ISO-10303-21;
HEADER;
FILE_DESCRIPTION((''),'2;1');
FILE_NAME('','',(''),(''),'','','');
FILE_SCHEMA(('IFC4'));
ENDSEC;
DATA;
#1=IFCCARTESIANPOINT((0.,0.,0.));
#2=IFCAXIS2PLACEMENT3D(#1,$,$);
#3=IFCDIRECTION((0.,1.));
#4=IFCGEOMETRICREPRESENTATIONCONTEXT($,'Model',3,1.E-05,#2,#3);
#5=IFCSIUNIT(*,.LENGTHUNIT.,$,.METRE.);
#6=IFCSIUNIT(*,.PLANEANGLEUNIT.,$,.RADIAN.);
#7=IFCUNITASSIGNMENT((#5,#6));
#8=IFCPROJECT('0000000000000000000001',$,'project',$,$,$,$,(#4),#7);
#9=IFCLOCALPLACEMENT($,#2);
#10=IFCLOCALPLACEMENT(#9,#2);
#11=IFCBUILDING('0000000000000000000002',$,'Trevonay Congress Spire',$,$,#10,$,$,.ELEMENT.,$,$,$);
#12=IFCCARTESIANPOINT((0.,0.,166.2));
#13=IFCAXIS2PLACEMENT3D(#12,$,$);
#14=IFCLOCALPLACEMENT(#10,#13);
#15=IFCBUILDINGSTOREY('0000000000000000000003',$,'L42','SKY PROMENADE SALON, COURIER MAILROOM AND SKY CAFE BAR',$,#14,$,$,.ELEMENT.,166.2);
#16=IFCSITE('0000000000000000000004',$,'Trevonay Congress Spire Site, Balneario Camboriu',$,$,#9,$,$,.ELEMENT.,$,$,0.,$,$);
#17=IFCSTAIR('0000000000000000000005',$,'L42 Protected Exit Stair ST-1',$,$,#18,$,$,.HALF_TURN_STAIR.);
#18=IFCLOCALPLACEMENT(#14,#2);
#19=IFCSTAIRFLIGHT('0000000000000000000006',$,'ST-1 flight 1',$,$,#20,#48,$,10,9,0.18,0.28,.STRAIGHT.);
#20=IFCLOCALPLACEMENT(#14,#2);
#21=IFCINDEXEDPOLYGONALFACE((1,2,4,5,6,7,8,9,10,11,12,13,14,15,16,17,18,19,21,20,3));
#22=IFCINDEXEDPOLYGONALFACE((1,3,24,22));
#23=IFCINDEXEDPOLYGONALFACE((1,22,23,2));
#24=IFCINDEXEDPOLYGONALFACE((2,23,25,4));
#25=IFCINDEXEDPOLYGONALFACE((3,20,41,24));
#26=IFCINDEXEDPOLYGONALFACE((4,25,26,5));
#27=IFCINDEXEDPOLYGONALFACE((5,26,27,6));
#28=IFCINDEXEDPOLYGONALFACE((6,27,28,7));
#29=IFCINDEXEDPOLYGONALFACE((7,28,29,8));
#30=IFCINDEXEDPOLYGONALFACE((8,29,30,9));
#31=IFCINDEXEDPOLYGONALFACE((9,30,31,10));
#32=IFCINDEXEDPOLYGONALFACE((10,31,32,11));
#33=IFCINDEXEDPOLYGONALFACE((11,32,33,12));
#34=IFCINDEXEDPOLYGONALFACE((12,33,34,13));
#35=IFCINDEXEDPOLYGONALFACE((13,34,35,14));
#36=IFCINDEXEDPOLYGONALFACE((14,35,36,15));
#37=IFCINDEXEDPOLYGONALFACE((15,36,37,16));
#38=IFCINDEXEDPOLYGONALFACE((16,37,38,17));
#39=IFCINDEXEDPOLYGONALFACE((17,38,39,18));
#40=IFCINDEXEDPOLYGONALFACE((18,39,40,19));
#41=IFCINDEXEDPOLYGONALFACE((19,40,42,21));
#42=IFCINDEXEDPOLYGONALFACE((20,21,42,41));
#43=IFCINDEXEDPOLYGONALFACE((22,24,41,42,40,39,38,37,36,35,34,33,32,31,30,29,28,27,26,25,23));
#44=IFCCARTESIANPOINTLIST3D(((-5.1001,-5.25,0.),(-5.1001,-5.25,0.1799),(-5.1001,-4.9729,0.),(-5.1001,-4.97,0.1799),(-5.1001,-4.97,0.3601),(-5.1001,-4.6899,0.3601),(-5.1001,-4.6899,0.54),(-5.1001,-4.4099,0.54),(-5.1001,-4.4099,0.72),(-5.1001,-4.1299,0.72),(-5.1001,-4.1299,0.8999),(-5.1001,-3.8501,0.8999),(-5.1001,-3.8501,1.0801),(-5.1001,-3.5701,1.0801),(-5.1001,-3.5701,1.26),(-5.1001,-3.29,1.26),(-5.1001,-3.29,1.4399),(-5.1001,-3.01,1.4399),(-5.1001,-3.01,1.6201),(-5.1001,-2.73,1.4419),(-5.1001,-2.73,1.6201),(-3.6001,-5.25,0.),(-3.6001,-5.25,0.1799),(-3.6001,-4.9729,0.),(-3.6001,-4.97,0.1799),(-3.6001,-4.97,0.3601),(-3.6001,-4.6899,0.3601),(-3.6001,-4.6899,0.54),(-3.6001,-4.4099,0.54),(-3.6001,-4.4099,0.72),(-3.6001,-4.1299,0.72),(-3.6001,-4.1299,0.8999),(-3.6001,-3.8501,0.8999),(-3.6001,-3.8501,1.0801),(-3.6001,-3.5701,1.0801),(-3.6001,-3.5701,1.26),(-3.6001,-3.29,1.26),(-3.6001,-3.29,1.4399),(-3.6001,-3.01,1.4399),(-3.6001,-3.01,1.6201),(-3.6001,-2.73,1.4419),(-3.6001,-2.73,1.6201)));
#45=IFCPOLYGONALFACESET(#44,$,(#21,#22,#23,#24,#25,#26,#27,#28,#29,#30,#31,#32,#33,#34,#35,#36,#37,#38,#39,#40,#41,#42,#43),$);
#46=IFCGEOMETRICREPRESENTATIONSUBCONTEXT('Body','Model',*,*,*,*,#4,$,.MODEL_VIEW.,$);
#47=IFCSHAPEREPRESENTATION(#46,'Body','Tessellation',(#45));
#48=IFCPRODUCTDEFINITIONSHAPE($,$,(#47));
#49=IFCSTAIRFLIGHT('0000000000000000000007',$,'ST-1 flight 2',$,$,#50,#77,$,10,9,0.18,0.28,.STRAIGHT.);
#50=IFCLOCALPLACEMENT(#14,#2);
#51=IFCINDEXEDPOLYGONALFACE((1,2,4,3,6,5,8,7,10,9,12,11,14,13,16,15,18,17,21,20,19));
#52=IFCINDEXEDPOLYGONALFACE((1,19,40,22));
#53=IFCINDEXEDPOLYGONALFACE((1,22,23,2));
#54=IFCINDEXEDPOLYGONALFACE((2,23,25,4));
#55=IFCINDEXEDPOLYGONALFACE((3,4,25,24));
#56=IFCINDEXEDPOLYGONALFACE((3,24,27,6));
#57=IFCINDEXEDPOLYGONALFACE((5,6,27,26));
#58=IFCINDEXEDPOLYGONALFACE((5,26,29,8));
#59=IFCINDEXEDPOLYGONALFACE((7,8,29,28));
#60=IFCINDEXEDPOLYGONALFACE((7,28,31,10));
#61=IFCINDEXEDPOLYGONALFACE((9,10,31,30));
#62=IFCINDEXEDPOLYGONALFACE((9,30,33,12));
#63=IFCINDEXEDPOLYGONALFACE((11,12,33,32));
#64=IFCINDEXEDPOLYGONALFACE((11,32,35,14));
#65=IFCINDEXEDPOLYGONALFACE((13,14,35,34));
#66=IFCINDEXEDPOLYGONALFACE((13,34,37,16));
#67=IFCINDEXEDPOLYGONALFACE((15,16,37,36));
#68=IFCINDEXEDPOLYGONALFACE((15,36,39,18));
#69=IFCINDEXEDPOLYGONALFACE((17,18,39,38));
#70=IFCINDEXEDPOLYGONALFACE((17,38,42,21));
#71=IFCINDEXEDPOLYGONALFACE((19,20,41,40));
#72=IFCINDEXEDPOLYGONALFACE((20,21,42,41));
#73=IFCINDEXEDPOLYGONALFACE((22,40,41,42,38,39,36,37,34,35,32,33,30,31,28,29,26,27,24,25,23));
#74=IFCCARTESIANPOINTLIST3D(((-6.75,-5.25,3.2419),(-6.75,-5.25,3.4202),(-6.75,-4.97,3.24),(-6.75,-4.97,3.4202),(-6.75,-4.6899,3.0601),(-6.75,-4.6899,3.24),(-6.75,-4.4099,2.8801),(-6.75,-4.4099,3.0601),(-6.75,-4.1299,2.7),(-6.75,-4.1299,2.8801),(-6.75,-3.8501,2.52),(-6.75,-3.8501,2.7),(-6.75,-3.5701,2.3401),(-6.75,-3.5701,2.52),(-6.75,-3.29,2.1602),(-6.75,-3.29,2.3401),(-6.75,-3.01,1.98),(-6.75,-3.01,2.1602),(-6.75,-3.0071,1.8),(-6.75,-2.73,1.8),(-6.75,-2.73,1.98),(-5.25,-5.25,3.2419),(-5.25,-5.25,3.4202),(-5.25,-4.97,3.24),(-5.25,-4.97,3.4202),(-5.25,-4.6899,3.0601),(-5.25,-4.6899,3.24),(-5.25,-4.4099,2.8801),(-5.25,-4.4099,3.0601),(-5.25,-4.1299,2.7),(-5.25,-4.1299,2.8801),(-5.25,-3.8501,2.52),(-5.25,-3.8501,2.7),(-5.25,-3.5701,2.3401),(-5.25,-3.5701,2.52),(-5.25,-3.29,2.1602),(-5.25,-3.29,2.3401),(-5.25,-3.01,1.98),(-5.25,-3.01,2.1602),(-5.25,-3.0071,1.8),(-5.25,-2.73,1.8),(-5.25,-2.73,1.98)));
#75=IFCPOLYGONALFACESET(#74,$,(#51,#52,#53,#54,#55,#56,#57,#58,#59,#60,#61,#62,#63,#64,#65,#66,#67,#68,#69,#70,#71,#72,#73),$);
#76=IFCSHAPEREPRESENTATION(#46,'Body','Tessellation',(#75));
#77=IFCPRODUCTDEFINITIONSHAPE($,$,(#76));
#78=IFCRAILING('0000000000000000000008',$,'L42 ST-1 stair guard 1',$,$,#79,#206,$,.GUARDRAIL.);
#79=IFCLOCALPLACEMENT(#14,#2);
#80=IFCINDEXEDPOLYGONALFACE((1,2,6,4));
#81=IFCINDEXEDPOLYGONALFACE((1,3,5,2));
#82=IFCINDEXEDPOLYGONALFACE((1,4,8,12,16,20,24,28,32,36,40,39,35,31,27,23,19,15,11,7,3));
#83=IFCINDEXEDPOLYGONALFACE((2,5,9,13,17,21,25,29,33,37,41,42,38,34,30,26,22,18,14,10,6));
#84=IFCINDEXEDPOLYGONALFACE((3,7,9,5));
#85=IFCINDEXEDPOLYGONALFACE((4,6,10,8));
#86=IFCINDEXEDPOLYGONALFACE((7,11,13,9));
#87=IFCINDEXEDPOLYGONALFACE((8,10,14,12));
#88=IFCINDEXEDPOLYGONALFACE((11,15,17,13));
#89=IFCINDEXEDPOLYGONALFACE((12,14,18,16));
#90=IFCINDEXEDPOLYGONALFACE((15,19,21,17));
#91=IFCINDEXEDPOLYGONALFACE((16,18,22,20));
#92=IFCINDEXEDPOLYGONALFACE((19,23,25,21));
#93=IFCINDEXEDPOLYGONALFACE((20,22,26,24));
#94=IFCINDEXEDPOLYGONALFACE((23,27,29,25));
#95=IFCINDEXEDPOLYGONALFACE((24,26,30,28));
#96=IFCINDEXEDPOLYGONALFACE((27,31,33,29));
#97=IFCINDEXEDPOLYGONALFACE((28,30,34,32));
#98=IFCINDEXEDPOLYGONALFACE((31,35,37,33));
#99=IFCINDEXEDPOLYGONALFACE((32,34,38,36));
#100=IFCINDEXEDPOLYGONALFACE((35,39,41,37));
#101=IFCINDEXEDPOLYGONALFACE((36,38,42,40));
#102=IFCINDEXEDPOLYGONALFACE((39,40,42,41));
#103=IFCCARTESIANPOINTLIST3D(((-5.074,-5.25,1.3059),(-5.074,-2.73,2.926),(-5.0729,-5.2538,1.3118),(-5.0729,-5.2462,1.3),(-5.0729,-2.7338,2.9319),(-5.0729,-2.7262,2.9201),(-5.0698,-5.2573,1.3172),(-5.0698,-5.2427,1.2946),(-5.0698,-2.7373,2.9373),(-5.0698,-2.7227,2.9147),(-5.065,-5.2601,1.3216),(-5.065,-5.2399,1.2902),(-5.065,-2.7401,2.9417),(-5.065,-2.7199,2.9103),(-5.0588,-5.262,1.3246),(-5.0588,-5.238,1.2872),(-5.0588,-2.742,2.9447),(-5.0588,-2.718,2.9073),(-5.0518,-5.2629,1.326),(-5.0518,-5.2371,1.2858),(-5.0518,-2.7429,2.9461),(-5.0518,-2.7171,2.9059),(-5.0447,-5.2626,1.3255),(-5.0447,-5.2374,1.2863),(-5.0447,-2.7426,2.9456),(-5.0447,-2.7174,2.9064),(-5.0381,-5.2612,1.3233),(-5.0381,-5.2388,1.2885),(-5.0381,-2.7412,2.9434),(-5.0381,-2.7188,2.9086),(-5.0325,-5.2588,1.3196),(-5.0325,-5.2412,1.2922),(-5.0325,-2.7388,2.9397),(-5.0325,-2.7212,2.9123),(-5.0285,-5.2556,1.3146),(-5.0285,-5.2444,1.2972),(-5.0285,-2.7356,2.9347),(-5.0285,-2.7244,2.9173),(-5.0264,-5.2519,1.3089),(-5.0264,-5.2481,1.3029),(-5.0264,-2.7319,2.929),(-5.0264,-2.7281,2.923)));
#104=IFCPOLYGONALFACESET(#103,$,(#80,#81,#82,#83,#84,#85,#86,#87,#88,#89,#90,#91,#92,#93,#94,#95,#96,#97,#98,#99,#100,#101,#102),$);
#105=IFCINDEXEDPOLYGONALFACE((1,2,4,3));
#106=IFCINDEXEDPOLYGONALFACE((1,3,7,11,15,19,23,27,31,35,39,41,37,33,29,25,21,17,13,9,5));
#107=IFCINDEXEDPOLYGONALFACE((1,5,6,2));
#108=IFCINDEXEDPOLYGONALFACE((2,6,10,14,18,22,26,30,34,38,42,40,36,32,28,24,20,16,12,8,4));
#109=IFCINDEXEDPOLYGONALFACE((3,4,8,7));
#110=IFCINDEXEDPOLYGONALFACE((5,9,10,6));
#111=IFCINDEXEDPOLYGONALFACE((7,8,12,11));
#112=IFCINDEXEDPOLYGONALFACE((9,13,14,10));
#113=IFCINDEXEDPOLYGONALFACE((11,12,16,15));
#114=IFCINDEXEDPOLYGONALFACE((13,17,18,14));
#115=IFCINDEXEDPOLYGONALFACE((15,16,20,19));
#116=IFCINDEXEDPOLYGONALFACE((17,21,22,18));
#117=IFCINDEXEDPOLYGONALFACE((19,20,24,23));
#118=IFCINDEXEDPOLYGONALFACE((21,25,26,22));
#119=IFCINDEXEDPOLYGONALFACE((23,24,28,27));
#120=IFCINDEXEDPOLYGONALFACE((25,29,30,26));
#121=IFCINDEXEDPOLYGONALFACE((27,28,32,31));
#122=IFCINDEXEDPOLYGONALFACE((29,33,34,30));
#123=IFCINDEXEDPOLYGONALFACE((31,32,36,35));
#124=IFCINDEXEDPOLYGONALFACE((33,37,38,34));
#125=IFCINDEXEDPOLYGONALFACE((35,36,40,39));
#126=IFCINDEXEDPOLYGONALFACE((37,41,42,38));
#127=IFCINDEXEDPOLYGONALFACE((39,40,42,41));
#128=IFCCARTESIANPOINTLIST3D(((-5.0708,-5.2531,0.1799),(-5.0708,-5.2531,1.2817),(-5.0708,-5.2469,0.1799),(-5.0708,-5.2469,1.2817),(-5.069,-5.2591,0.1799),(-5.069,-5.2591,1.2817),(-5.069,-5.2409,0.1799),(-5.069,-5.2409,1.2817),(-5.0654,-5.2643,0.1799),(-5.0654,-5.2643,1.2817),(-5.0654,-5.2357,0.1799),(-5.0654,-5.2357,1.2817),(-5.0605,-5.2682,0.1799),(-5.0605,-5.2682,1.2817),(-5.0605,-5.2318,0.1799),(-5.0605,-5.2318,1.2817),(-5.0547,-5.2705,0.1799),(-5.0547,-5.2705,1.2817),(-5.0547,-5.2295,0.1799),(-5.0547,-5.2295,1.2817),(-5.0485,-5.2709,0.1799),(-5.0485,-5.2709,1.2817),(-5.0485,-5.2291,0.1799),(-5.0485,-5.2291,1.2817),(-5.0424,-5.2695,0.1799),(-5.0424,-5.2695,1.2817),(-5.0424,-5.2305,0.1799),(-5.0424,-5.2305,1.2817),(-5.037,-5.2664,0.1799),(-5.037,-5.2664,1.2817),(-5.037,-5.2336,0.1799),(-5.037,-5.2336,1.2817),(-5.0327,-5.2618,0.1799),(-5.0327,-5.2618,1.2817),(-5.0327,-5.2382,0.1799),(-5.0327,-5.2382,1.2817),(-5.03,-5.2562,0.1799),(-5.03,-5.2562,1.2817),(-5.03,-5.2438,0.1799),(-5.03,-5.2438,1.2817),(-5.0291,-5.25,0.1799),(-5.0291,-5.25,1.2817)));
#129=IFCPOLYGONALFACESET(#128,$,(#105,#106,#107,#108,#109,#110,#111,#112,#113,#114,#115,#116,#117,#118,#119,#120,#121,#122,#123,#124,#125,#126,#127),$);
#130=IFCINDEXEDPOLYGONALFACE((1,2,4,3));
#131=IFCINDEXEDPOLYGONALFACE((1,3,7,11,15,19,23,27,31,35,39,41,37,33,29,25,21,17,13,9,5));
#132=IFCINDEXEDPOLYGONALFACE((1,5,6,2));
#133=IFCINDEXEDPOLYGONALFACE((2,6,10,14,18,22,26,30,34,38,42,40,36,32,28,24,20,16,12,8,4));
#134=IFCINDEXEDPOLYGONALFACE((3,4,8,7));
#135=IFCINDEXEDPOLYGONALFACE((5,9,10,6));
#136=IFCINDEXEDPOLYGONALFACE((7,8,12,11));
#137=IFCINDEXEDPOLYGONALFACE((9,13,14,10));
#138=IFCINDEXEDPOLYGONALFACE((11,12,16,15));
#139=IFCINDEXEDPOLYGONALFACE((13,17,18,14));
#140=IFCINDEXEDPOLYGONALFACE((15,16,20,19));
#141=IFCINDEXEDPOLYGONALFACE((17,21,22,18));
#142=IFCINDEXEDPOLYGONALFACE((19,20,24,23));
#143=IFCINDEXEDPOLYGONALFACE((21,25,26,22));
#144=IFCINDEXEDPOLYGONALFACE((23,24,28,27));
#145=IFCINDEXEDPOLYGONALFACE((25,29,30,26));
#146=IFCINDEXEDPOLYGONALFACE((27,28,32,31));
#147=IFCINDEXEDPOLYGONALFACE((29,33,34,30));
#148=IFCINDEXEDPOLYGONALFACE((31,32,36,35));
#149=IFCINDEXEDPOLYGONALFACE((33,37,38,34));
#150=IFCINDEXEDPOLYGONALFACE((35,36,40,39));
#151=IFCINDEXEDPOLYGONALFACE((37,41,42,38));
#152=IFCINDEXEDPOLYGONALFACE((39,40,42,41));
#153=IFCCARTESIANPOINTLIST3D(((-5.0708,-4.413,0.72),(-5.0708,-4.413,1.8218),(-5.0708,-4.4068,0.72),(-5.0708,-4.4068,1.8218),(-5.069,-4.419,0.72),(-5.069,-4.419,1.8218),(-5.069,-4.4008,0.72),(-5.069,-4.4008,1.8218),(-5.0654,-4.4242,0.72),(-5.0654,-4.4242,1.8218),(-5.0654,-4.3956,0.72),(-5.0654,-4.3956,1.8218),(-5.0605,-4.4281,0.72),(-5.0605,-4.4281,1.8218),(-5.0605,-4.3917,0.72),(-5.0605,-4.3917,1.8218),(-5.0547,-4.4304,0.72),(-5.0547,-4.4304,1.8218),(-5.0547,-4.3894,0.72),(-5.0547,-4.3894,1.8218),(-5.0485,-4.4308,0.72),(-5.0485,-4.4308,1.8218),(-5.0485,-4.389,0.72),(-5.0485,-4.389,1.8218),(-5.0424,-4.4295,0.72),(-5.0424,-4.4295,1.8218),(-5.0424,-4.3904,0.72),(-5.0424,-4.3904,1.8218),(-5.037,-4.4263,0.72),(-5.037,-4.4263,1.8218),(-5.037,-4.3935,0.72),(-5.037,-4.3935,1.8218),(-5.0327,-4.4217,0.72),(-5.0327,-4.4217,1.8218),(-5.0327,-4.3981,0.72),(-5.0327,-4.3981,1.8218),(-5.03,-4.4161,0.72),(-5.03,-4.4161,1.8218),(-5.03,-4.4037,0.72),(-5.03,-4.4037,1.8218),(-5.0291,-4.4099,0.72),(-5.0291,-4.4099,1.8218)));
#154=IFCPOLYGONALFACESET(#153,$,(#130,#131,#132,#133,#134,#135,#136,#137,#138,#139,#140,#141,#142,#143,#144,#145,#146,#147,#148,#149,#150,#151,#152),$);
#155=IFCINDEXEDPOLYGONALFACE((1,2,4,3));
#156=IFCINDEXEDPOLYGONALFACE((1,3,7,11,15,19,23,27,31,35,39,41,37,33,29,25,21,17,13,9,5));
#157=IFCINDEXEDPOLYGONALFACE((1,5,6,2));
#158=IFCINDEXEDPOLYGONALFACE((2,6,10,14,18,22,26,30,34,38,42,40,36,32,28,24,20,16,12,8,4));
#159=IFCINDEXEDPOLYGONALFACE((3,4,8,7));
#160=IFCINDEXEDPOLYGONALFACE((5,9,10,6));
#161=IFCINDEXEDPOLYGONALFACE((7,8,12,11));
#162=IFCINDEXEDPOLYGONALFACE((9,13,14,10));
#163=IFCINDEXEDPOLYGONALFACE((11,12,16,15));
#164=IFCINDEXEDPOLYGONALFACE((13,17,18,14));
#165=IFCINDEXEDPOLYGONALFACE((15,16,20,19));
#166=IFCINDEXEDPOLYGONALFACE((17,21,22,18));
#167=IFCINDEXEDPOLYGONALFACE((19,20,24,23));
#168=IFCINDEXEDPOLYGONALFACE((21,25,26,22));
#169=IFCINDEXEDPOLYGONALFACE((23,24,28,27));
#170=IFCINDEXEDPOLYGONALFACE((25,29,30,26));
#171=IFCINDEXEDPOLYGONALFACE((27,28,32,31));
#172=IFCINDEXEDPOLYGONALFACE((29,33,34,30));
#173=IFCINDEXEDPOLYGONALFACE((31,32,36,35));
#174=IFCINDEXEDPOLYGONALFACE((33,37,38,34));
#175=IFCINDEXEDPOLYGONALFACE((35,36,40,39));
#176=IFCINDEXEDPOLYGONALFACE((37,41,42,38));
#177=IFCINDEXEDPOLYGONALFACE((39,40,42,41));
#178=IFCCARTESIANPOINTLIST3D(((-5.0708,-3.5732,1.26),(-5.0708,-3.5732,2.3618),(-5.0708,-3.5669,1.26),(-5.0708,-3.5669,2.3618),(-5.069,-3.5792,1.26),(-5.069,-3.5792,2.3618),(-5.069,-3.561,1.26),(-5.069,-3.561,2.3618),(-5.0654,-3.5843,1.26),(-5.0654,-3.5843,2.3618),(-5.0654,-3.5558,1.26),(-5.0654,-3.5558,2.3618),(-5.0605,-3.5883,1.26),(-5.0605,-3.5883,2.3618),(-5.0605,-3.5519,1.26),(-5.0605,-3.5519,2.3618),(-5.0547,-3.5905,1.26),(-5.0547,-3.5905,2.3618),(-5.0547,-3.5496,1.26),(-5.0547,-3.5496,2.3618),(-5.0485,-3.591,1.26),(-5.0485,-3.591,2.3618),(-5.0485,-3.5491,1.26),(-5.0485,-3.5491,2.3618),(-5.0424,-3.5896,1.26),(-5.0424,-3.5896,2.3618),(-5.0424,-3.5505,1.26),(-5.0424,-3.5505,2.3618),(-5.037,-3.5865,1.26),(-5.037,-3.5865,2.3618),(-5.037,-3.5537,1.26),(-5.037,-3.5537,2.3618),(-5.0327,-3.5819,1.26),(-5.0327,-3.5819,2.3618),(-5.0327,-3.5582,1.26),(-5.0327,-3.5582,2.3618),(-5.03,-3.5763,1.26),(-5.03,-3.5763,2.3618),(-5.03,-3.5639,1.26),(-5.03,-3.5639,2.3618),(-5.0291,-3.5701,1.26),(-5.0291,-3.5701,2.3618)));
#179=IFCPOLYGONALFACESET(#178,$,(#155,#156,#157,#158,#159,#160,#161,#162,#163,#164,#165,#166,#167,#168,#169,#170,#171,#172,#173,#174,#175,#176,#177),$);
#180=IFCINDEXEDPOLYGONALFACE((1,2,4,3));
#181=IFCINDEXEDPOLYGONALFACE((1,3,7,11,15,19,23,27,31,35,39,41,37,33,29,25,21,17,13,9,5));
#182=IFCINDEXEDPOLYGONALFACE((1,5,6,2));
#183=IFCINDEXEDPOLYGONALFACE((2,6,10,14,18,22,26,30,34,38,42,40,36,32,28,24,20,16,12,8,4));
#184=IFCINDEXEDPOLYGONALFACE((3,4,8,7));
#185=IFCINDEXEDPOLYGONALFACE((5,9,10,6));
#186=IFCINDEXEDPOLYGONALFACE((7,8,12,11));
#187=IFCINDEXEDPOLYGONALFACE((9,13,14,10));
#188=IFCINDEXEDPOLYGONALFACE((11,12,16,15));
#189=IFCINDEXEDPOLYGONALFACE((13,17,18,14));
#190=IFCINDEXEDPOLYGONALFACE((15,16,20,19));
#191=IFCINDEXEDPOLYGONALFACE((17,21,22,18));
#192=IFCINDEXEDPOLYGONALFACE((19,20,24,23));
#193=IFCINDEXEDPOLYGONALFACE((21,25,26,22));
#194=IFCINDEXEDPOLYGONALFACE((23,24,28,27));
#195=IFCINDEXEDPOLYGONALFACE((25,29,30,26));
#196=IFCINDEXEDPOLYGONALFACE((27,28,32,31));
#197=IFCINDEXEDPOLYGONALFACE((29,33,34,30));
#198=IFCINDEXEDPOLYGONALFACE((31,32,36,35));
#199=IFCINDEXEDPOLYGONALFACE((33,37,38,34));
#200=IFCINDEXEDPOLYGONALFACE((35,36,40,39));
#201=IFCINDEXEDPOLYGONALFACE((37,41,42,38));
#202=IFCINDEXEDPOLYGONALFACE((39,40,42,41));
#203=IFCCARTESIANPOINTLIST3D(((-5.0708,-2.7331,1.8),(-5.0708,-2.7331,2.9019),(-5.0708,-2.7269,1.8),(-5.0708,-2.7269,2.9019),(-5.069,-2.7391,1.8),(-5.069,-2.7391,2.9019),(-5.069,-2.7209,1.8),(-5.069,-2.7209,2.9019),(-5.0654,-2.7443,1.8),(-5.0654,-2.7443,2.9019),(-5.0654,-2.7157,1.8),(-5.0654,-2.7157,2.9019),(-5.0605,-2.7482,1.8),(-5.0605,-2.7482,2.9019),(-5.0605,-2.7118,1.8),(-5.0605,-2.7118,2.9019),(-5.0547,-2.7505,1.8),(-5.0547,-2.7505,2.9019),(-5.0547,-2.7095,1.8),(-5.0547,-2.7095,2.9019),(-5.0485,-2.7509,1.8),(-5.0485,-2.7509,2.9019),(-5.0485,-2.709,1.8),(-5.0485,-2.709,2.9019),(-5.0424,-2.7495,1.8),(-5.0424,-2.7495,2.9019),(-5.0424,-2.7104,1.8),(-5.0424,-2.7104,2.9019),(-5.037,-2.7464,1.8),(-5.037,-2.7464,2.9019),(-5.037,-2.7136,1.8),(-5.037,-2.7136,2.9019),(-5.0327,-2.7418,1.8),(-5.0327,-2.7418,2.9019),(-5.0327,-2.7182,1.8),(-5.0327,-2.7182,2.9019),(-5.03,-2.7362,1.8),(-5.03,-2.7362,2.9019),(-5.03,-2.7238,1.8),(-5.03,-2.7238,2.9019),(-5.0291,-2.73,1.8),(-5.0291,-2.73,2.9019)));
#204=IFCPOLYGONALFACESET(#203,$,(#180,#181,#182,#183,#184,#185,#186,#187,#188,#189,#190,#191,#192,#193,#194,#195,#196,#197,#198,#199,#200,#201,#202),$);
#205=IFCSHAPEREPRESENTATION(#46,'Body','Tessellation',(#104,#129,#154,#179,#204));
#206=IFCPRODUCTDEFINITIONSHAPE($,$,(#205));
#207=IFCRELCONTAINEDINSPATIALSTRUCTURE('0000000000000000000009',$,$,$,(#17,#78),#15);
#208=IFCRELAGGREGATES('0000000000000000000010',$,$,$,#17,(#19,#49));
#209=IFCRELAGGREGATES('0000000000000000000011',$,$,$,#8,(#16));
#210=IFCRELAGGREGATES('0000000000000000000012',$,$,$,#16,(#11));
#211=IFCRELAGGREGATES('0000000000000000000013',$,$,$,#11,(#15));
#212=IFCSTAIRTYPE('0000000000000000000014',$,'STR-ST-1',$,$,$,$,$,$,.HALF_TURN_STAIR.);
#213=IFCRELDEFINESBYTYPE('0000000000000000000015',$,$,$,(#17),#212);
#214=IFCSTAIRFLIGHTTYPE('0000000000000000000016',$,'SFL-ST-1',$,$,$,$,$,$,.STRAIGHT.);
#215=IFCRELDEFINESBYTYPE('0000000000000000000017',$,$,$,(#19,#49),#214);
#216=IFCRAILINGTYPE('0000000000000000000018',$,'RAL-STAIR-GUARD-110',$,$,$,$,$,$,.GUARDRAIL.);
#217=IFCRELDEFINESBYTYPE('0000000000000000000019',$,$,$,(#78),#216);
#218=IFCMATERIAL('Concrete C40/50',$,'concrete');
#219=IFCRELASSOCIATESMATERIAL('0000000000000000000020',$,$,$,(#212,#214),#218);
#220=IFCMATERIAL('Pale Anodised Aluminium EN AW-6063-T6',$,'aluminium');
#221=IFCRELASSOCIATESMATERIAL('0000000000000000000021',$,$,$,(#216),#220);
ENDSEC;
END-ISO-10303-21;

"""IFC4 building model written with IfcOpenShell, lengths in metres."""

from ifc_helpers import new_model, si_unit, direction, frame, origin, origin_2d, place, context, subcontext, project, spatial, polyline, circle, outline, extrude, material, type_object, element, aggregate, save


model = new_model("IFC4")

# Units and contexts
model_context = context("Model", 3, precision=1e-05, world=origin(), true_north=direction((0.0, 1.0)))
body_context = subcontext(model_context, "Body", "Model", "MODEL_VIEW")
ifc_project = project(units=[si_unit("LENGTHUNIT", "METRE"), si_unit("PLANEANGLEUNIT", "RADIAN")], contexts=[model_context])

# Site, building, storey
site_placement = place(None, origin())
site = spatial("IfcSite", under=ifc_project, at=site_placement, Name="Trevonay Congress Spire Site, Balneario Camboriu", CompositionType="ELEMENT", RefElevation=0.0)
building_placement = place(site_placement, origin())
building = spatial("IfcBuilding", under=site, at=building_placement, Name="Trevonay Congress Spire", CompositionType="ELEMENT")
storey_placement = place(building_placement, frame((0.0, 0.0, 166.2)))
storey = spatial("IfcBuildingStorey", under=building, at=storey_placement, Name="L42", Description="SKY PROMENADE SALON, COURIER MAILROOM AND SKY CAFE BAR", CompositionType="ELEMENT", Elevation=166.2)

# Shared definitions
ifc_material_1 = material(Name="Concrete C40/50", Category="concrete")

# Stair, stair flights
stair_type = type_object("IfcStairType", Name="STR-ST-1", PredefinedType="HALF_TURN_STAIR", material=ifc_material_1)
stair_placement = place(storey_placement, origin())
stair = element("IfcStair", 1, at=stair_placement, inside=storey, type_object=stair_type, Name="L42 Protected Exit Stair ST-1", PredefinedType="HALF_TURN_STAIR")
stair_flight_type = type_object("IfcStairFlightType", Name="SFL-ST-1", PredefinedType="STRAIGHT", material=ifc_material_1)
stair_flight_1_placement = place(storey_placement, frame((-4.3501, -5.25, 0.0), z_axis=(0.0, 0.0, 1.0), x_axis=(0.0, 1.0, 0.0)))
stair_flight_1 = element("IfcStairFlight", 2, at=stair_flight_1_placement, type_object=stair_flight_type, Name="ST-1 flight 1", NumberOfRisers=10, NumberOfTreads=9, PredefinedType="STRAIGHT", RiserHeight=0.18, TreadLength=0.28, context=body_context, shape_type="SweptSolid", body=[
    extrude(outline(polyline([(0.0, 0.0), (0.0, 0.1799), (0.28, 0.1799), (0.28, 0.3601), (0.5601, 0.3601), (0.5601, 0.54), (0.8401, 0.54), (0.8401, 0.72), (1.1201, 0.72), (1.1201, 0.8999), (1.3999, 0.8999), (1.3999, 1.0801), (1.6799, 1.0801), (1.6799, 1.26), (1.96, 1.26), (1.96, 1.4399), (2.24, 1.4399), (2.24, 1.6201), (2.52, 1.6201), (2.52, 1.8), (2.52, 1.4419), (0.2771, 0.0), (0.0, 0.0)])), frame((0.0, 0.75, 0.0), z_axis=(0.0, -1.0, 0.0), x_axis=(1.0, 0.0, 0.0)), (0.0, 0.0, 1.0), 1.5),
])
stair_flight_2_placement = place(storey_placement, frame((-6.0, -2.73, 1.8), z_axis=(0.0, 0.0, 1.0), x_axis=(0.0, -1.0, 0.0)))
stair_flight_2 = element("IfcStairFlight", 3, at=stair_flight_2_placement, type_object=stair_flight_type, Name="ST-1 flight 2", NumberOfRisers=10, NumberOfTreads=9, PredefinedType="STRAIGHT", RiserHeight=0.18, TreadLength=0.28, context=body_context, shape_type="SweptSolid", body=[
    extrude(outline(polyline([(0.0, 0.0), (0.0, 0.1799), (0.28, 0.1799), (0.28, 0.3601), (0.5601, 0.3601), (0.5601, 0.54), (0.8401, 0.54), (0.8401, 0.72), (1.1201, 0.72), (1.1201, 0.8999), (1.3999, 0.8999), (1.3999, 1.0801), (1.6799, 1.0801), (1.6799, 1.26), (1.96, 1.26), (1.96, 1.4399), (2.24, 1.4399), (2.24, 1.6201), (2.52, 1.6201), (2.52, 1.8), (2.52, 1.4419), (0.2771, 0.0), (0.0, 0.0)])), frame((0.0, 0.75, 0.0), z_axis=(0.0, -1.0, 0.0), x_axis=(1.0, 0.0, 0.0)), (0.0, 0.0, 1.0), 1.5),
])
aggregate(stair, [stair_flight_1, stair_flight_2])

# Railing
ifc_material_2 = material(Name="Pale Anodised Aluminium EN AW-6063-T6", Category="aluminium")
railing_type_1 = type_object("IfcRailingType", Name="RAL-STAIR-GUARD-110", PredefinedType="GUARDRAIL", material=ifc_material_2)
railing_1_placement = place(storey_placement, frame((-5.05, -5.25, 0.1799)))
element("IfcRailing", 4, at=railing_1_placement, inside=storey, type_object=railing_type_1, Name="L42 ST-1 stair guard 1", PredefinedType="GUARDRAIL", context=body_context, shape_type="SweptSolid", body=[
    extrude(circle(Radius=0.0239, at=origin_2d()), frame((0.0, 0.0, 1.126), z_axis=(0.0, 0.841163, 0.540782), x_axis=(-1.0, 0.0, 0.0)), (0.0, 0.0, 1.0), 2.9958),
    extrude(circle(Radius=0.021, at=origin_2d()), origin(), (0.0, 0.0, 1.0), 1.1018),
    extrude(circle(Radius=0.021, at=origin_2d()), frame((0.0, 0.8401, 0.54)), (0.0, 0.0, 1.0), 1.1018),
    extrude(circle(Radius=0.021, at=origin_2d()), frame((0.0, 1.6799, 1.0801)), (0.0, 0.0, 1.0), 1.1018),
    extrude(circle(Radius=0.021, at=origin_2d()), frame((0.0, 2.52, 1.6201)), (0.0, 0.0, 1.0), 1.1018),
])

save(model, "model.ifc")
